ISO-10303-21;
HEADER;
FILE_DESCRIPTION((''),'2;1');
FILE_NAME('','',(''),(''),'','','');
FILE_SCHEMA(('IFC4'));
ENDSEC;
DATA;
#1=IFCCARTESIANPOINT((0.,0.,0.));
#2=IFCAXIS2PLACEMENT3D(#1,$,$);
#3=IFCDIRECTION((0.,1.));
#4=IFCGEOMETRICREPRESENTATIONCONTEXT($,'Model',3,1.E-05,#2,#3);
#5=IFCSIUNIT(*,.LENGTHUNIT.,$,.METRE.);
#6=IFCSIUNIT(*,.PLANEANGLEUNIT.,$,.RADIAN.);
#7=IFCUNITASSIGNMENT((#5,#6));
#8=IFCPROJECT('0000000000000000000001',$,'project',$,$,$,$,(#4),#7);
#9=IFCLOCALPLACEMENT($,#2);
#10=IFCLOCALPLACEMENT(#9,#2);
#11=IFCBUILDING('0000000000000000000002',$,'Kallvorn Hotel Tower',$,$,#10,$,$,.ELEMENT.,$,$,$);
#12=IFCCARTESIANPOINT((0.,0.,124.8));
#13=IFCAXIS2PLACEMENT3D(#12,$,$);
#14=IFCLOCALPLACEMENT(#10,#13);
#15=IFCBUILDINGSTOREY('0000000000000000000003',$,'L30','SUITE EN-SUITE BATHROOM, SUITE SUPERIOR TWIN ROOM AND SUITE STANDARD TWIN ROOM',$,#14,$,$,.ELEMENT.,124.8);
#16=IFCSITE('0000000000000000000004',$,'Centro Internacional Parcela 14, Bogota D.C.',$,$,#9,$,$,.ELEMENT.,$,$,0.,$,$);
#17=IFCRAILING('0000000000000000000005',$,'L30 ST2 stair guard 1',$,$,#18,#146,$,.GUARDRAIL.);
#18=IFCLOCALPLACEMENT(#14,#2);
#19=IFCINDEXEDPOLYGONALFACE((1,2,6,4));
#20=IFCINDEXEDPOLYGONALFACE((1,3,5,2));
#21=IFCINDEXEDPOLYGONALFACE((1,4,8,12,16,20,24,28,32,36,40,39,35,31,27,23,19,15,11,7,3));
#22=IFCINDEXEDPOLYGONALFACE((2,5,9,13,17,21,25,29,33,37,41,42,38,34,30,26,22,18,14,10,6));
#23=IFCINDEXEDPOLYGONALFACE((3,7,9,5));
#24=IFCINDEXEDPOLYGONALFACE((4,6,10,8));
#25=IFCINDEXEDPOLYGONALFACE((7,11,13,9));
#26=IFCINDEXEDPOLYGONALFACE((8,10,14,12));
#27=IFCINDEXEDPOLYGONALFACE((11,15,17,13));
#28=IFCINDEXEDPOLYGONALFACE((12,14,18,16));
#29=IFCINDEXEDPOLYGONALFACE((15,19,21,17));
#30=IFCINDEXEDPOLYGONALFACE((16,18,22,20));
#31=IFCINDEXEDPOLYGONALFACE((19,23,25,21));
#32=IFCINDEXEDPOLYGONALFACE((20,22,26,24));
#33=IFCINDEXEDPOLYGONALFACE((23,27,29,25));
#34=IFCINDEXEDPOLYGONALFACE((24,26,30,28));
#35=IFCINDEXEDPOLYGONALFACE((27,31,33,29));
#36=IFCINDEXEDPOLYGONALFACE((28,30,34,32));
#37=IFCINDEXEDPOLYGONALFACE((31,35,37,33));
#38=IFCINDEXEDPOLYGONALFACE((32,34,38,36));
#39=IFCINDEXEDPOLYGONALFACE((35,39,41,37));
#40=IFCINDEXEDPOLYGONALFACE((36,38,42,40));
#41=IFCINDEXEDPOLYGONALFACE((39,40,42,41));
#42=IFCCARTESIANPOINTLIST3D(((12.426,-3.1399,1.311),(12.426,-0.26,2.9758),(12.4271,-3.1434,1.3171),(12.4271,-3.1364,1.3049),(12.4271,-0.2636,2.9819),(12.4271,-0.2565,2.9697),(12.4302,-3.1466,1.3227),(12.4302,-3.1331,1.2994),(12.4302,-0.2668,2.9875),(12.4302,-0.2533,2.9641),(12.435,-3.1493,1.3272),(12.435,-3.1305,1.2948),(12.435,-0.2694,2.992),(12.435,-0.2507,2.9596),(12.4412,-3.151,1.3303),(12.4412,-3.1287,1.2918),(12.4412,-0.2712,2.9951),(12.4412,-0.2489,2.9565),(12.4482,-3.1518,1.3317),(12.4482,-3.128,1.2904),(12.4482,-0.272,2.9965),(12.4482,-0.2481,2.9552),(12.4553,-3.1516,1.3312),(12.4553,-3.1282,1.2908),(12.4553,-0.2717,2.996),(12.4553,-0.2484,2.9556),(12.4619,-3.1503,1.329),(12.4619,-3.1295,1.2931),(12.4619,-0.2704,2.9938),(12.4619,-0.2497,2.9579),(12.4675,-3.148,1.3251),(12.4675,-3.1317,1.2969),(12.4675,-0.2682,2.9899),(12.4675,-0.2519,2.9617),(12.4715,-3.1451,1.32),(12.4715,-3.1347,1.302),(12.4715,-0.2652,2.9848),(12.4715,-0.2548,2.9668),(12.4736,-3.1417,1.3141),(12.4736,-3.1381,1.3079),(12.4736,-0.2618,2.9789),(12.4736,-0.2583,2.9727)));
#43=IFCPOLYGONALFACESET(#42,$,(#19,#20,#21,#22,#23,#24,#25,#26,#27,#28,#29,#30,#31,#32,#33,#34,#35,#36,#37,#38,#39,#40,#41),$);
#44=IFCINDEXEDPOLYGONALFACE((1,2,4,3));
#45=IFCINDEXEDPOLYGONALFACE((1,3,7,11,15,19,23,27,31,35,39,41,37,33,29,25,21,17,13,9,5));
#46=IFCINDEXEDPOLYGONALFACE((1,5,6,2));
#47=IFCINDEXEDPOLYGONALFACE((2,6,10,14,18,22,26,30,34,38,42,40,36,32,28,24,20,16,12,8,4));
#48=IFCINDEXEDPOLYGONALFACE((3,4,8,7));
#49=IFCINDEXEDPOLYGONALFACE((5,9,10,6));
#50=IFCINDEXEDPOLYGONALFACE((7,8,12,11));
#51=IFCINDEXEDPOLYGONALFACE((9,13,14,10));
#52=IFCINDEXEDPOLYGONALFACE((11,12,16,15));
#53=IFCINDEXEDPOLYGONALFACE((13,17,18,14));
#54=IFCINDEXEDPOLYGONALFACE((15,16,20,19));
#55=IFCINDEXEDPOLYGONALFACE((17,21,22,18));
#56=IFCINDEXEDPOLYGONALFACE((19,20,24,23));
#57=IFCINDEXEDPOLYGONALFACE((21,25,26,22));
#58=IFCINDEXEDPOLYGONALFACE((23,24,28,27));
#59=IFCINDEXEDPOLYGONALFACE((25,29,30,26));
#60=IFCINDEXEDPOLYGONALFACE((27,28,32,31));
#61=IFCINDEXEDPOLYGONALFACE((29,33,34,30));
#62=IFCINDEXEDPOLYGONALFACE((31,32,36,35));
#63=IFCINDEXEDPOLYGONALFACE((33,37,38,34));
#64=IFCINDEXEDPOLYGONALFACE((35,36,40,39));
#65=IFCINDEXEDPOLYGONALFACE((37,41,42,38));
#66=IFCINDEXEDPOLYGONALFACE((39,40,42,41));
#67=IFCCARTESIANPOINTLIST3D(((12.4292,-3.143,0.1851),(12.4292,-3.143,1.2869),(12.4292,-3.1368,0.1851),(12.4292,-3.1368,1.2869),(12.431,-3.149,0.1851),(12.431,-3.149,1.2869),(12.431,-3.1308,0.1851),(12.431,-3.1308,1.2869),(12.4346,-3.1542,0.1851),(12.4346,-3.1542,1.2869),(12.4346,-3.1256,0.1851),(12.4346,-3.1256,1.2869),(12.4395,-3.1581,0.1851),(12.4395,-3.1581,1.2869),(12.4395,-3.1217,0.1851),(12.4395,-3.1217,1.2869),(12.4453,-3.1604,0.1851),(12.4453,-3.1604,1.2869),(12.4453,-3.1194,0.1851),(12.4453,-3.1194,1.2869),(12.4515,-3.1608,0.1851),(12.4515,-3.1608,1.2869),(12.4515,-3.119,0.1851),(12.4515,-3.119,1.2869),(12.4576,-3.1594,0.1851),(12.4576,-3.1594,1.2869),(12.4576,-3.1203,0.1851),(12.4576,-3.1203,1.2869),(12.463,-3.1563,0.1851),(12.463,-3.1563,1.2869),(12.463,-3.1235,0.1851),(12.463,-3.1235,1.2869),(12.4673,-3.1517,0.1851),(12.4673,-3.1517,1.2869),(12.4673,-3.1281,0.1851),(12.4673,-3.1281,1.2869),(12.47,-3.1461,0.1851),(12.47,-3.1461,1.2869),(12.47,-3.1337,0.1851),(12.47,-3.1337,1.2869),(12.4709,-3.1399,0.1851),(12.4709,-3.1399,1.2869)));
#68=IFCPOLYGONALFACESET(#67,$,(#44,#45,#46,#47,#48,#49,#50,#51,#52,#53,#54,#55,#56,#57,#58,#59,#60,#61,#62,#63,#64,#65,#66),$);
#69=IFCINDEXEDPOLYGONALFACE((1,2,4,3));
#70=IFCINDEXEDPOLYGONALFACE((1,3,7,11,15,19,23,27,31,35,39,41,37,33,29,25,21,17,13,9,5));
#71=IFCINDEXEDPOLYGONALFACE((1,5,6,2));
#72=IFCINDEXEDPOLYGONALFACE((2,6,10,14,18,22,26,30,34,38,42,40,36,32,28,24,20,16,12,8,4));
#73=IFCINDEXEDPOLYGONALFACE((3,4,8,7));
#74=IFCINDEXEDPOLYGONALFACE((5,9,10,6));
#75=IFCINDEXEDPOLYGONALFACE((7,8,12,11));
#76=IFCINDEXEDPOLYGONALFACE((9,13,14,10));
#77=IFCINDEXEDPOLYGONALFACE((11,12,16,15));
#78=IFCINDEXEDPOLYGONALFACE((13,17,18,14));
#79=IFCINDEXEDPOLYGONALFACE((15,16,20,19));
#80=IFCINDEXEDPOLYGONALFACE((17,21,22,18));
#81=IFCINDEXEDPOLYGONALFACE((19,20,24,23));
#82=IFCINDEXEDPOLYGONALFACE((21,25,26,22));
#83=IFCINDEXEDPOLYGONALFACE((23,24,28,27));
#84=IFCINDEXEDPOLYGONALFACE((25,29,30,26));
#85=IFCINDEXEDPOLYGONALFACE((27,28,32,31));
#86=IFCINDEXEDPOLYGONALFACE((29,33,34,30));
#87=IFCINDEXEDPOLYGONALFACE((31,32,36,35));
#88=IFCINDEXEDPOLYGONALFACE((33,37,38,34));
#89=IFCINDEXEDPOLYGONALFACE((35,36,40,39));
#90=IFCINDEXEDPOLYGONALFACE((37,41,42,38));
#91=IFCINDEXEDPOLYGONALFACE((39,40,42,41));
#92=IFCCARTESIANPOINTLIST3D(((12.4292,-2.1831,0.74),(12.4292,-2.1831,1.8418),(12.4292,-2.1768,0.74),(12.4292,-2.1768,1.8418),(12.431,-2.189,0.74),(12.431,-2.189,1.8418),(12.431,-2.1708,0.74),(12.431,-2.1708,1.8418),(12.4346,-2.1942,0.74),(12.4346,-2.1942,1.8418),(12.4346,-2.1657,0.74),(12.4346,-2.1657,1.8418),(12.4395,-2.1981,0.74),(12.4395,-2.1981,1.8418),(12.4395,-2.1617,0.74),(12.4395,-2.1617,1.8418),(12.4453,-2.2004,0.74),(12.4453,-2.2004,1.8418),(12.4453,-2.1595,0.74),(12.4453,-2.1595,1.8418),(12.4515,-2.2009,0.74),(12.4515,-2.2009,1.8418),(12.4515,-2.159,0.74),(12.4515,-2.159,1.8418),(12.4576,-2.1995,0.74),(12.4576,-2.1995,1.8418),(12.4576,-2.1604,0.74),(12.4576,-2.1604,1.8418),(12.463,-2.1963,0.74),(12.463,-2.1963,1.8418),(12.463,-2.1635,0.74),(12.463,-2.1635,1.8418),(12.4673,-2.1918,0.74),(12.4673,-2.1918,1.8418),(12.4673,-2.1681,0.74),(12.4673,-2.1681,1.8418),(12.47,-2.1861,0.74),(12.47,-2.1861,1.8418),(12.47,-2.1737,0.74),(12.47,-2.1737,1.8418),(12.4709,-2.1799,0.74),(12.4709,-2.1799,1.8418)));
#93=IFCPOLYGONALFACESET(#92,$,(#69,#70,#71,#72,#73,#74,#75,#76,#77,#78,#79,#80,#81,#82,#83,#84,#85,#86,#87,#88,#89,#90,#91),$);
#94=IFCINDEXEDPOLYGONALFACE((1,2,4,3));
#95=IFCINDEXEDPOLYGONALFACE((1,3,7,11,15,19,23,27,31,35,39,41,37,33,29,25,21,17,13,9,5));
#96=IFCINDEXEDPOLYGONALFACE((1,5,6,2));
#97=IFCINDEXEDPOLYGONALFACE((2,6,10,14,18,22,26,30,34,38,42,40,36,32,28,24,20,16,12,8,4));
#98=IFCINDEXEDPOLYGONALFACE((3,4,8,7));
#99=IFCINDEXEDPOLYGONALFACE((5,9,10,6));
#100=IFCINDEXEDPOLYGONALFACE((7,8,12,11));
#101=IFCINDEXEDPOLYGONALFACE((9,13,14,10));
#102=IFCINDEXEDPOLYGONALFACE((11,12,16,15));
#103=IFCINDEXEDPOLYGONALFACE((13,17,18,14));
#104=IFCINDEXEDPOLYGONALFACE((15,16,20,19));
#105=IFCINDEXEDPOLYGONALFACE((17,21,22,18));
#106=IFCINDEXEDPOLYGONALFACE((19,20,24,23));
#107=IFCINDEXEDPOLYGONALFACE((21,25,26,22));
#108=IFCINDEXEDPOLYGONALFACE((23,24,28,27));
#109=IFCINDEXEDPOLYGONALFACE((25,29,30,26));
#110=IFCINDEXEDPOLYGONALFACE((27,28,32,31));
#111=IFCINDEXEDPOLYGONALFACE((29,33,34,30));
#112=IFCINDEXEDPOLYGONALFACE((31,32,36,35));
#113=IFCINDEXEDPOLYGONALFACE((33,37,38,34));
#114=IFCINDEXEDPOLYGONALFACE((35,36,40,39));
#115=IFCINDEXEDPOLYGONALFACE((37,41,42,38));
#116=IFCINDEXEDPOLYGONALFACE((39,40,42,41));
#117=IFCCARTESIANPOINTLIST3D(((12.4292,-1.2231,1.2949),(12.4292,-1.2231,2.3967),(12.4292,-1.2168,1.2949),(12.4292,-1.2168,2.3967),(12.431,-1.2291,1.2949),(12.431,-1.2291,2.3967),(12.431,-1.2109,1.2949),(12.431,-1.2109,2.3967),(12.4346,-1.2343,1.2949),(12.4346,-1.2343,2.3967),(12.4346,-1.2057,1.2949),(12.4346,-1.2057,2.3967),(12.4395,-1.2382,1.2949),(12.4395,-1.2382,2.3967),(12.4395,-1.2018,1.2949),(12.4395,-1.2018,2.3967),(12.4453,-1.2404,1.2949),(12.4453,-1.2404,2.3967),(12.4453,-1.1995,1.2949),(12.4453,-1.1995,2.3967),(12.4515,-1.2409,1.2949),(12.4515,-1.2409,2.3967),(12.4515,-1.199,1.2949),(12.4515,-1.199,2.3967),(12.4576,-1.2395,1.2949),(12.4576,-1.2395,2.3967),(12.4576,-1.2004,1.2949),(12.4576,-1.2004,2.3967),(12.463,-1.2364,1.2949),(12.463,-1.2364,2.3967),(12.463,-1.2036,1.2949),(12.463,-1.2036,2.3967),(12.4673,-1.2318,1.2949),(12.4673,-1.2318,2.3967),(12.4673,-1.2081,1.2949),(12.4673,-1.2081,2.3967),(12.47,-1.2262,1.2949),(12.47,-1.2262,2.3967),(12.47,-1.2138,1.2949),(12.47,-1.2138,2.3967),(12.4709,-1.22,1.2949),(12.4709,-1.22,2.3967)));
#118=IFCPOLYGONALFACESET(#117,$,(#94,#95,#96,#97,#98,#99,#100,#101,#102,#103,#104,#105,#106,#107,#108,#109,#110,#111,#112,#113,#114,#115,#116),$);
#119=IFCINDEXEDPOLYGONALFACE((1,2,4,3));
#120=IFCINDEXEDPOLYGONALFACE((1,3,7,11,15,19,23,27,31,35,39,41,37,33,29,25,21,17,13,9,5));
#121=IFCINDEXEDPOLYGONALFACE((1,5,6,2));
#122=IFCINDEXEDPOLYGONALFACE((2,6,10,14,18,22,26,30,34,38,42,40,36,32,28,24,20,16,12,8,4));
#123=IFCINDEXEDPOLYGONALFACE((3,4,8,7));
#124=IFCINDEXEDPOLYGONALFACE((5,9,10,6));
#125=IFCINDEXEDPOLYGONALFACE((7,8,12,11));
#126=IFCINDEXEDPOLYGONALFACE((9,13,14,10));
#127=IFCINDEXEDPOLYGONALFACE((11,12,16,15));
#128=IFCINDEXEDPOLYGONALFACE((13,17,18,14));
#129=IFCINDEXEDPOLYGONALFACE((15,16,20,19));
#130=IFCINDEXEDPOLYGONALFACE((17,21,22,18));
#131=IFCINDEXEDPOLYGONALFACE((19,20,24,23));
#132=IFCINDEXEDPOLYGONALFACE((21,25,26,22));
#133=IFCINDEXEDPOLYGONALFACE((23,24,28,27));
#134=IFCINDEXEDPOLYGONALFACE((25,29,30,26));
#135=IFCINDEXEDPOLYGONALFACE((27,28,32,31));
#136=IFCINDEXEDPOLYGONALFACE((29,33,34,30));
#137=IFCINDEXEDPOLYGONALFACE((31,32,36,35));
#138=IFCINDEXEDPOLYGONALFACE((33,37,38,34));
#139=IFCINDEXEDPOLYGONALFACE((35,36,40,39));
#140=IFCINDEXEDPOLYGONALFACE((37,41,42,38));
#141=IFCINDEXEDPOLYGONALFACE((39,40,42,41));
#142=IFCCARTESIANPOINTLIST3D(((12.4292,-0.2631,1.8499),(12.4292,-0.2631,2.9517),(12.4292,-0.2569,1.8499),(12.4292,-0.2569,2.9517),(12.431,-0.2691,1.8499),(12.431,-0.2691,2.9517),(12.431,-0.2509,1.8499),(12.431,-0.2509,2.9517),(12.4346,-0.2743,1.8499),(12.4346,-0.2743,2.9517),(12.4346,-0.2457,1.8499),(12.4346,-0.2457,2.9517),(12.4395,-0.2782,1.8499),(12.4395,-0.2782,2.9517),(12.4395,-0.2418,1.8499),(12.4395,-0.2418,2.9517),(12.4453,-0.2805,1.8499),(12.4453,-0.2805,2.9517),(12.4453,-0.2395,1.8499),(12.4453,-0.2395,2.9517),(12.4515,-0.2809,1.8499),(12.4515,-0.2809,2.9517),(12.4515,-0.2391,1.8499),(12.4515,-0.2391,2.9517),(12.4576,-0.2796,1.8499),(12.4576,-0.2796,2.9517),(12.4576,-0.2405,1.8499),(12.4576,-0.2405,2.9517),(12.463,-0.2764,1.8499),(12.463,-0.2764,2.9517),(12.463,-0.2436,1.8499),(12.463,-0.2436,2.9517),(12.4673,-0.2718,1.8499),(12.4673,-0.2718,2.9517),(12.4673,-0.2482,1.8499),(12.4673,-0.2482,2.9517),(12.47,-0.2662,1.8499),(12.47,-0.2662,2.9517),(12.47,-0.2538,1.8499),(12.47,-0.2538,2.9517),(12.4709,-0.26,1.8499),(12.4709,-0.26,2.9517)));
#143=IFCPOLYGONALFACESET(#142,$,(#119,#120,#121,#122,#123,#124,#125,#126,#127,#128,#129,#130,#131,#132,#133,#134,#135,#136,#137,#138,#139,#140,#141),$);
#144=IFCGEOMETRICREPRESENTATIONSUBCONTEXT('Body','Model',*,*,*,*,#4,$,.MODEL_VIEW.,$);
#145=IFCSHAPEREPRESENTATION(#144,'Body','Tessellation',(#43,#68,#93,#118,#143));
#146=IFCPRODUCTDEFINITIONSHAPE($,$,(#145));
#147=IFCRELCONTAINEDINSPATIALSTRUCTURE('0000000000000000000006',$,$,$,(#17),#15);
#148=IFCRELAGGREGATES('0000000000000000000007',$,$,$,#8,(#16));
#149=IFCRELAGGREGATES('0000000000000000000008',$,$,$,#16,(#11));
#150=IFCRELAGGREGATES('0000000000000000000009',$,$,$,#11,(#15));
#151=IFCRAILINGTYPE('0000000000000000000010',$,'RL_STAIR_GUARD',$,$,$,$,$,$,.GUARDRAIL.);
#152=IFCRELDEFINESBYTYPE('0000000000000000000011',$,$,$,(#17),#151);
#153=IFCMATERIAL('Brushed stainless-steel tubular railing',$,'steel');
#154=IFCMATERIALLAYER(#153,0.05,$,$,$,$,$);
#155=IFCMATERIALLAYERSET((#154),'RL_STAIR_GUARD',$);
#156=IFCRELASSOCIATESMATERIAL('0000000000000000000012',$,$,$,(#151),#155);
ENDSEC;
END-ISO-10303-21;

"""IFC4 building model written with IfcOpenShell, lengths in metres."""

from ifc_helpers import new_model, si_unit, direction, frame, origin, origin_2d, place, context, subcontext, project, spatial, circle, extrude, material, layer, layer_set, type_object, element, save


model = new_model("IFC4")

# Units and contexts
model_context = context("Model", 3, precision=1e-05, world=origin(), true_north=direction((0.0, 1.0)))
body_context = subcontext(model_context, "Body", "Model", "MODEL_VIEW")
ifc_project = project(units=[si_unit("LENGTHUNIT", "METRE"), si_unit("PLANEANGLEUNIT", "RADIAN")], contexts=[model_context])

# Site, building, storey
site_placement = place(None, origin())
site = spatial("IfcSite", under=ifc_project, at=site_placement, Name="Centro Internacional Parcela 14, Bogota D.C.", CompositionType="ELEMENT", RefElevation=0.0)
building_placement = place(site_placement, origin())
building = spatial("IfcBuilding", under=site, at=building_placement, Name="Kallvorn Hotel Tower", CompositionType="ELEMENT")
storey_placement = place(building_placement, frame((0.0, 0.0, 124.8)))
storey = spatial("IfcBuildingStorey", under=building, at=storey_placement, Name="L30", Description="SUITE EN-SUITE BATHROOM, SUITE SUPERIOR TWIN ROOM AND SUITE STANDARD TWIN ROOM", CompositionType="ELEMENT", Elevation=124.8)

# Railing
ifc_material_1 = material(Name="Brushed stainless-steel tubular railing", Category="steel")
ifc_layer_1 = layer(ifc_material_1, 0.05)
ifc_layer_set_1 = layer_set([ifc_layer_1], Name="RL_STAIR_GUARD")
railing_type_1 = type_object("IfcRailingType", Name="RL_STAIR_GUARD", PredefinedType="GUARDRAIL", material=ifc_layer_set_1)
railing_1_placement = place(storey_placement, frame((12.45, -3.1399, 0.1851)))
element("IfcRailing", 1, at=railing_1_placement, inside=storey, type_object=railing_type_1, Name="L30 ST2 stair guard 1", PredefinedType="GUARDRAIL", context=body_context, shape_type="SweptSolid", body=[
    extrude(circle(Radius=0.0239, at=origin_2d()), frame((0.0, 0.0, 1.126), z_axis=(0.0, 0.865753, 0.500472), x_axis=(-1.0, 0.0, 0.0)), (0.0, 0.0, 1.0), 3.3264),
    extrude(circle(Radius=0.021, at=origin_2d()), origin(), (0.0, 0.0, 1.0), 1.1018),
    extrude(circle(Radius=0.021, at=origin_2d()), frame((0.0, 0.96, 0.5549)), (0.0, 0.0, 1.0), 1.1018),
    extrude(circle(Radius=0.021, at=origin_2d()), frame((0.0, 1.9199, 1.1099)), (0.0, 0.0, 1.0), 1.1018),
    extrude(circle(Radius=0.021, at=origin_2d()), frame((0.0, 2.8799, 1.6648)), (0.0, 0.0, 1.0), 1.1018),
])

save(model, "model.ifc")
